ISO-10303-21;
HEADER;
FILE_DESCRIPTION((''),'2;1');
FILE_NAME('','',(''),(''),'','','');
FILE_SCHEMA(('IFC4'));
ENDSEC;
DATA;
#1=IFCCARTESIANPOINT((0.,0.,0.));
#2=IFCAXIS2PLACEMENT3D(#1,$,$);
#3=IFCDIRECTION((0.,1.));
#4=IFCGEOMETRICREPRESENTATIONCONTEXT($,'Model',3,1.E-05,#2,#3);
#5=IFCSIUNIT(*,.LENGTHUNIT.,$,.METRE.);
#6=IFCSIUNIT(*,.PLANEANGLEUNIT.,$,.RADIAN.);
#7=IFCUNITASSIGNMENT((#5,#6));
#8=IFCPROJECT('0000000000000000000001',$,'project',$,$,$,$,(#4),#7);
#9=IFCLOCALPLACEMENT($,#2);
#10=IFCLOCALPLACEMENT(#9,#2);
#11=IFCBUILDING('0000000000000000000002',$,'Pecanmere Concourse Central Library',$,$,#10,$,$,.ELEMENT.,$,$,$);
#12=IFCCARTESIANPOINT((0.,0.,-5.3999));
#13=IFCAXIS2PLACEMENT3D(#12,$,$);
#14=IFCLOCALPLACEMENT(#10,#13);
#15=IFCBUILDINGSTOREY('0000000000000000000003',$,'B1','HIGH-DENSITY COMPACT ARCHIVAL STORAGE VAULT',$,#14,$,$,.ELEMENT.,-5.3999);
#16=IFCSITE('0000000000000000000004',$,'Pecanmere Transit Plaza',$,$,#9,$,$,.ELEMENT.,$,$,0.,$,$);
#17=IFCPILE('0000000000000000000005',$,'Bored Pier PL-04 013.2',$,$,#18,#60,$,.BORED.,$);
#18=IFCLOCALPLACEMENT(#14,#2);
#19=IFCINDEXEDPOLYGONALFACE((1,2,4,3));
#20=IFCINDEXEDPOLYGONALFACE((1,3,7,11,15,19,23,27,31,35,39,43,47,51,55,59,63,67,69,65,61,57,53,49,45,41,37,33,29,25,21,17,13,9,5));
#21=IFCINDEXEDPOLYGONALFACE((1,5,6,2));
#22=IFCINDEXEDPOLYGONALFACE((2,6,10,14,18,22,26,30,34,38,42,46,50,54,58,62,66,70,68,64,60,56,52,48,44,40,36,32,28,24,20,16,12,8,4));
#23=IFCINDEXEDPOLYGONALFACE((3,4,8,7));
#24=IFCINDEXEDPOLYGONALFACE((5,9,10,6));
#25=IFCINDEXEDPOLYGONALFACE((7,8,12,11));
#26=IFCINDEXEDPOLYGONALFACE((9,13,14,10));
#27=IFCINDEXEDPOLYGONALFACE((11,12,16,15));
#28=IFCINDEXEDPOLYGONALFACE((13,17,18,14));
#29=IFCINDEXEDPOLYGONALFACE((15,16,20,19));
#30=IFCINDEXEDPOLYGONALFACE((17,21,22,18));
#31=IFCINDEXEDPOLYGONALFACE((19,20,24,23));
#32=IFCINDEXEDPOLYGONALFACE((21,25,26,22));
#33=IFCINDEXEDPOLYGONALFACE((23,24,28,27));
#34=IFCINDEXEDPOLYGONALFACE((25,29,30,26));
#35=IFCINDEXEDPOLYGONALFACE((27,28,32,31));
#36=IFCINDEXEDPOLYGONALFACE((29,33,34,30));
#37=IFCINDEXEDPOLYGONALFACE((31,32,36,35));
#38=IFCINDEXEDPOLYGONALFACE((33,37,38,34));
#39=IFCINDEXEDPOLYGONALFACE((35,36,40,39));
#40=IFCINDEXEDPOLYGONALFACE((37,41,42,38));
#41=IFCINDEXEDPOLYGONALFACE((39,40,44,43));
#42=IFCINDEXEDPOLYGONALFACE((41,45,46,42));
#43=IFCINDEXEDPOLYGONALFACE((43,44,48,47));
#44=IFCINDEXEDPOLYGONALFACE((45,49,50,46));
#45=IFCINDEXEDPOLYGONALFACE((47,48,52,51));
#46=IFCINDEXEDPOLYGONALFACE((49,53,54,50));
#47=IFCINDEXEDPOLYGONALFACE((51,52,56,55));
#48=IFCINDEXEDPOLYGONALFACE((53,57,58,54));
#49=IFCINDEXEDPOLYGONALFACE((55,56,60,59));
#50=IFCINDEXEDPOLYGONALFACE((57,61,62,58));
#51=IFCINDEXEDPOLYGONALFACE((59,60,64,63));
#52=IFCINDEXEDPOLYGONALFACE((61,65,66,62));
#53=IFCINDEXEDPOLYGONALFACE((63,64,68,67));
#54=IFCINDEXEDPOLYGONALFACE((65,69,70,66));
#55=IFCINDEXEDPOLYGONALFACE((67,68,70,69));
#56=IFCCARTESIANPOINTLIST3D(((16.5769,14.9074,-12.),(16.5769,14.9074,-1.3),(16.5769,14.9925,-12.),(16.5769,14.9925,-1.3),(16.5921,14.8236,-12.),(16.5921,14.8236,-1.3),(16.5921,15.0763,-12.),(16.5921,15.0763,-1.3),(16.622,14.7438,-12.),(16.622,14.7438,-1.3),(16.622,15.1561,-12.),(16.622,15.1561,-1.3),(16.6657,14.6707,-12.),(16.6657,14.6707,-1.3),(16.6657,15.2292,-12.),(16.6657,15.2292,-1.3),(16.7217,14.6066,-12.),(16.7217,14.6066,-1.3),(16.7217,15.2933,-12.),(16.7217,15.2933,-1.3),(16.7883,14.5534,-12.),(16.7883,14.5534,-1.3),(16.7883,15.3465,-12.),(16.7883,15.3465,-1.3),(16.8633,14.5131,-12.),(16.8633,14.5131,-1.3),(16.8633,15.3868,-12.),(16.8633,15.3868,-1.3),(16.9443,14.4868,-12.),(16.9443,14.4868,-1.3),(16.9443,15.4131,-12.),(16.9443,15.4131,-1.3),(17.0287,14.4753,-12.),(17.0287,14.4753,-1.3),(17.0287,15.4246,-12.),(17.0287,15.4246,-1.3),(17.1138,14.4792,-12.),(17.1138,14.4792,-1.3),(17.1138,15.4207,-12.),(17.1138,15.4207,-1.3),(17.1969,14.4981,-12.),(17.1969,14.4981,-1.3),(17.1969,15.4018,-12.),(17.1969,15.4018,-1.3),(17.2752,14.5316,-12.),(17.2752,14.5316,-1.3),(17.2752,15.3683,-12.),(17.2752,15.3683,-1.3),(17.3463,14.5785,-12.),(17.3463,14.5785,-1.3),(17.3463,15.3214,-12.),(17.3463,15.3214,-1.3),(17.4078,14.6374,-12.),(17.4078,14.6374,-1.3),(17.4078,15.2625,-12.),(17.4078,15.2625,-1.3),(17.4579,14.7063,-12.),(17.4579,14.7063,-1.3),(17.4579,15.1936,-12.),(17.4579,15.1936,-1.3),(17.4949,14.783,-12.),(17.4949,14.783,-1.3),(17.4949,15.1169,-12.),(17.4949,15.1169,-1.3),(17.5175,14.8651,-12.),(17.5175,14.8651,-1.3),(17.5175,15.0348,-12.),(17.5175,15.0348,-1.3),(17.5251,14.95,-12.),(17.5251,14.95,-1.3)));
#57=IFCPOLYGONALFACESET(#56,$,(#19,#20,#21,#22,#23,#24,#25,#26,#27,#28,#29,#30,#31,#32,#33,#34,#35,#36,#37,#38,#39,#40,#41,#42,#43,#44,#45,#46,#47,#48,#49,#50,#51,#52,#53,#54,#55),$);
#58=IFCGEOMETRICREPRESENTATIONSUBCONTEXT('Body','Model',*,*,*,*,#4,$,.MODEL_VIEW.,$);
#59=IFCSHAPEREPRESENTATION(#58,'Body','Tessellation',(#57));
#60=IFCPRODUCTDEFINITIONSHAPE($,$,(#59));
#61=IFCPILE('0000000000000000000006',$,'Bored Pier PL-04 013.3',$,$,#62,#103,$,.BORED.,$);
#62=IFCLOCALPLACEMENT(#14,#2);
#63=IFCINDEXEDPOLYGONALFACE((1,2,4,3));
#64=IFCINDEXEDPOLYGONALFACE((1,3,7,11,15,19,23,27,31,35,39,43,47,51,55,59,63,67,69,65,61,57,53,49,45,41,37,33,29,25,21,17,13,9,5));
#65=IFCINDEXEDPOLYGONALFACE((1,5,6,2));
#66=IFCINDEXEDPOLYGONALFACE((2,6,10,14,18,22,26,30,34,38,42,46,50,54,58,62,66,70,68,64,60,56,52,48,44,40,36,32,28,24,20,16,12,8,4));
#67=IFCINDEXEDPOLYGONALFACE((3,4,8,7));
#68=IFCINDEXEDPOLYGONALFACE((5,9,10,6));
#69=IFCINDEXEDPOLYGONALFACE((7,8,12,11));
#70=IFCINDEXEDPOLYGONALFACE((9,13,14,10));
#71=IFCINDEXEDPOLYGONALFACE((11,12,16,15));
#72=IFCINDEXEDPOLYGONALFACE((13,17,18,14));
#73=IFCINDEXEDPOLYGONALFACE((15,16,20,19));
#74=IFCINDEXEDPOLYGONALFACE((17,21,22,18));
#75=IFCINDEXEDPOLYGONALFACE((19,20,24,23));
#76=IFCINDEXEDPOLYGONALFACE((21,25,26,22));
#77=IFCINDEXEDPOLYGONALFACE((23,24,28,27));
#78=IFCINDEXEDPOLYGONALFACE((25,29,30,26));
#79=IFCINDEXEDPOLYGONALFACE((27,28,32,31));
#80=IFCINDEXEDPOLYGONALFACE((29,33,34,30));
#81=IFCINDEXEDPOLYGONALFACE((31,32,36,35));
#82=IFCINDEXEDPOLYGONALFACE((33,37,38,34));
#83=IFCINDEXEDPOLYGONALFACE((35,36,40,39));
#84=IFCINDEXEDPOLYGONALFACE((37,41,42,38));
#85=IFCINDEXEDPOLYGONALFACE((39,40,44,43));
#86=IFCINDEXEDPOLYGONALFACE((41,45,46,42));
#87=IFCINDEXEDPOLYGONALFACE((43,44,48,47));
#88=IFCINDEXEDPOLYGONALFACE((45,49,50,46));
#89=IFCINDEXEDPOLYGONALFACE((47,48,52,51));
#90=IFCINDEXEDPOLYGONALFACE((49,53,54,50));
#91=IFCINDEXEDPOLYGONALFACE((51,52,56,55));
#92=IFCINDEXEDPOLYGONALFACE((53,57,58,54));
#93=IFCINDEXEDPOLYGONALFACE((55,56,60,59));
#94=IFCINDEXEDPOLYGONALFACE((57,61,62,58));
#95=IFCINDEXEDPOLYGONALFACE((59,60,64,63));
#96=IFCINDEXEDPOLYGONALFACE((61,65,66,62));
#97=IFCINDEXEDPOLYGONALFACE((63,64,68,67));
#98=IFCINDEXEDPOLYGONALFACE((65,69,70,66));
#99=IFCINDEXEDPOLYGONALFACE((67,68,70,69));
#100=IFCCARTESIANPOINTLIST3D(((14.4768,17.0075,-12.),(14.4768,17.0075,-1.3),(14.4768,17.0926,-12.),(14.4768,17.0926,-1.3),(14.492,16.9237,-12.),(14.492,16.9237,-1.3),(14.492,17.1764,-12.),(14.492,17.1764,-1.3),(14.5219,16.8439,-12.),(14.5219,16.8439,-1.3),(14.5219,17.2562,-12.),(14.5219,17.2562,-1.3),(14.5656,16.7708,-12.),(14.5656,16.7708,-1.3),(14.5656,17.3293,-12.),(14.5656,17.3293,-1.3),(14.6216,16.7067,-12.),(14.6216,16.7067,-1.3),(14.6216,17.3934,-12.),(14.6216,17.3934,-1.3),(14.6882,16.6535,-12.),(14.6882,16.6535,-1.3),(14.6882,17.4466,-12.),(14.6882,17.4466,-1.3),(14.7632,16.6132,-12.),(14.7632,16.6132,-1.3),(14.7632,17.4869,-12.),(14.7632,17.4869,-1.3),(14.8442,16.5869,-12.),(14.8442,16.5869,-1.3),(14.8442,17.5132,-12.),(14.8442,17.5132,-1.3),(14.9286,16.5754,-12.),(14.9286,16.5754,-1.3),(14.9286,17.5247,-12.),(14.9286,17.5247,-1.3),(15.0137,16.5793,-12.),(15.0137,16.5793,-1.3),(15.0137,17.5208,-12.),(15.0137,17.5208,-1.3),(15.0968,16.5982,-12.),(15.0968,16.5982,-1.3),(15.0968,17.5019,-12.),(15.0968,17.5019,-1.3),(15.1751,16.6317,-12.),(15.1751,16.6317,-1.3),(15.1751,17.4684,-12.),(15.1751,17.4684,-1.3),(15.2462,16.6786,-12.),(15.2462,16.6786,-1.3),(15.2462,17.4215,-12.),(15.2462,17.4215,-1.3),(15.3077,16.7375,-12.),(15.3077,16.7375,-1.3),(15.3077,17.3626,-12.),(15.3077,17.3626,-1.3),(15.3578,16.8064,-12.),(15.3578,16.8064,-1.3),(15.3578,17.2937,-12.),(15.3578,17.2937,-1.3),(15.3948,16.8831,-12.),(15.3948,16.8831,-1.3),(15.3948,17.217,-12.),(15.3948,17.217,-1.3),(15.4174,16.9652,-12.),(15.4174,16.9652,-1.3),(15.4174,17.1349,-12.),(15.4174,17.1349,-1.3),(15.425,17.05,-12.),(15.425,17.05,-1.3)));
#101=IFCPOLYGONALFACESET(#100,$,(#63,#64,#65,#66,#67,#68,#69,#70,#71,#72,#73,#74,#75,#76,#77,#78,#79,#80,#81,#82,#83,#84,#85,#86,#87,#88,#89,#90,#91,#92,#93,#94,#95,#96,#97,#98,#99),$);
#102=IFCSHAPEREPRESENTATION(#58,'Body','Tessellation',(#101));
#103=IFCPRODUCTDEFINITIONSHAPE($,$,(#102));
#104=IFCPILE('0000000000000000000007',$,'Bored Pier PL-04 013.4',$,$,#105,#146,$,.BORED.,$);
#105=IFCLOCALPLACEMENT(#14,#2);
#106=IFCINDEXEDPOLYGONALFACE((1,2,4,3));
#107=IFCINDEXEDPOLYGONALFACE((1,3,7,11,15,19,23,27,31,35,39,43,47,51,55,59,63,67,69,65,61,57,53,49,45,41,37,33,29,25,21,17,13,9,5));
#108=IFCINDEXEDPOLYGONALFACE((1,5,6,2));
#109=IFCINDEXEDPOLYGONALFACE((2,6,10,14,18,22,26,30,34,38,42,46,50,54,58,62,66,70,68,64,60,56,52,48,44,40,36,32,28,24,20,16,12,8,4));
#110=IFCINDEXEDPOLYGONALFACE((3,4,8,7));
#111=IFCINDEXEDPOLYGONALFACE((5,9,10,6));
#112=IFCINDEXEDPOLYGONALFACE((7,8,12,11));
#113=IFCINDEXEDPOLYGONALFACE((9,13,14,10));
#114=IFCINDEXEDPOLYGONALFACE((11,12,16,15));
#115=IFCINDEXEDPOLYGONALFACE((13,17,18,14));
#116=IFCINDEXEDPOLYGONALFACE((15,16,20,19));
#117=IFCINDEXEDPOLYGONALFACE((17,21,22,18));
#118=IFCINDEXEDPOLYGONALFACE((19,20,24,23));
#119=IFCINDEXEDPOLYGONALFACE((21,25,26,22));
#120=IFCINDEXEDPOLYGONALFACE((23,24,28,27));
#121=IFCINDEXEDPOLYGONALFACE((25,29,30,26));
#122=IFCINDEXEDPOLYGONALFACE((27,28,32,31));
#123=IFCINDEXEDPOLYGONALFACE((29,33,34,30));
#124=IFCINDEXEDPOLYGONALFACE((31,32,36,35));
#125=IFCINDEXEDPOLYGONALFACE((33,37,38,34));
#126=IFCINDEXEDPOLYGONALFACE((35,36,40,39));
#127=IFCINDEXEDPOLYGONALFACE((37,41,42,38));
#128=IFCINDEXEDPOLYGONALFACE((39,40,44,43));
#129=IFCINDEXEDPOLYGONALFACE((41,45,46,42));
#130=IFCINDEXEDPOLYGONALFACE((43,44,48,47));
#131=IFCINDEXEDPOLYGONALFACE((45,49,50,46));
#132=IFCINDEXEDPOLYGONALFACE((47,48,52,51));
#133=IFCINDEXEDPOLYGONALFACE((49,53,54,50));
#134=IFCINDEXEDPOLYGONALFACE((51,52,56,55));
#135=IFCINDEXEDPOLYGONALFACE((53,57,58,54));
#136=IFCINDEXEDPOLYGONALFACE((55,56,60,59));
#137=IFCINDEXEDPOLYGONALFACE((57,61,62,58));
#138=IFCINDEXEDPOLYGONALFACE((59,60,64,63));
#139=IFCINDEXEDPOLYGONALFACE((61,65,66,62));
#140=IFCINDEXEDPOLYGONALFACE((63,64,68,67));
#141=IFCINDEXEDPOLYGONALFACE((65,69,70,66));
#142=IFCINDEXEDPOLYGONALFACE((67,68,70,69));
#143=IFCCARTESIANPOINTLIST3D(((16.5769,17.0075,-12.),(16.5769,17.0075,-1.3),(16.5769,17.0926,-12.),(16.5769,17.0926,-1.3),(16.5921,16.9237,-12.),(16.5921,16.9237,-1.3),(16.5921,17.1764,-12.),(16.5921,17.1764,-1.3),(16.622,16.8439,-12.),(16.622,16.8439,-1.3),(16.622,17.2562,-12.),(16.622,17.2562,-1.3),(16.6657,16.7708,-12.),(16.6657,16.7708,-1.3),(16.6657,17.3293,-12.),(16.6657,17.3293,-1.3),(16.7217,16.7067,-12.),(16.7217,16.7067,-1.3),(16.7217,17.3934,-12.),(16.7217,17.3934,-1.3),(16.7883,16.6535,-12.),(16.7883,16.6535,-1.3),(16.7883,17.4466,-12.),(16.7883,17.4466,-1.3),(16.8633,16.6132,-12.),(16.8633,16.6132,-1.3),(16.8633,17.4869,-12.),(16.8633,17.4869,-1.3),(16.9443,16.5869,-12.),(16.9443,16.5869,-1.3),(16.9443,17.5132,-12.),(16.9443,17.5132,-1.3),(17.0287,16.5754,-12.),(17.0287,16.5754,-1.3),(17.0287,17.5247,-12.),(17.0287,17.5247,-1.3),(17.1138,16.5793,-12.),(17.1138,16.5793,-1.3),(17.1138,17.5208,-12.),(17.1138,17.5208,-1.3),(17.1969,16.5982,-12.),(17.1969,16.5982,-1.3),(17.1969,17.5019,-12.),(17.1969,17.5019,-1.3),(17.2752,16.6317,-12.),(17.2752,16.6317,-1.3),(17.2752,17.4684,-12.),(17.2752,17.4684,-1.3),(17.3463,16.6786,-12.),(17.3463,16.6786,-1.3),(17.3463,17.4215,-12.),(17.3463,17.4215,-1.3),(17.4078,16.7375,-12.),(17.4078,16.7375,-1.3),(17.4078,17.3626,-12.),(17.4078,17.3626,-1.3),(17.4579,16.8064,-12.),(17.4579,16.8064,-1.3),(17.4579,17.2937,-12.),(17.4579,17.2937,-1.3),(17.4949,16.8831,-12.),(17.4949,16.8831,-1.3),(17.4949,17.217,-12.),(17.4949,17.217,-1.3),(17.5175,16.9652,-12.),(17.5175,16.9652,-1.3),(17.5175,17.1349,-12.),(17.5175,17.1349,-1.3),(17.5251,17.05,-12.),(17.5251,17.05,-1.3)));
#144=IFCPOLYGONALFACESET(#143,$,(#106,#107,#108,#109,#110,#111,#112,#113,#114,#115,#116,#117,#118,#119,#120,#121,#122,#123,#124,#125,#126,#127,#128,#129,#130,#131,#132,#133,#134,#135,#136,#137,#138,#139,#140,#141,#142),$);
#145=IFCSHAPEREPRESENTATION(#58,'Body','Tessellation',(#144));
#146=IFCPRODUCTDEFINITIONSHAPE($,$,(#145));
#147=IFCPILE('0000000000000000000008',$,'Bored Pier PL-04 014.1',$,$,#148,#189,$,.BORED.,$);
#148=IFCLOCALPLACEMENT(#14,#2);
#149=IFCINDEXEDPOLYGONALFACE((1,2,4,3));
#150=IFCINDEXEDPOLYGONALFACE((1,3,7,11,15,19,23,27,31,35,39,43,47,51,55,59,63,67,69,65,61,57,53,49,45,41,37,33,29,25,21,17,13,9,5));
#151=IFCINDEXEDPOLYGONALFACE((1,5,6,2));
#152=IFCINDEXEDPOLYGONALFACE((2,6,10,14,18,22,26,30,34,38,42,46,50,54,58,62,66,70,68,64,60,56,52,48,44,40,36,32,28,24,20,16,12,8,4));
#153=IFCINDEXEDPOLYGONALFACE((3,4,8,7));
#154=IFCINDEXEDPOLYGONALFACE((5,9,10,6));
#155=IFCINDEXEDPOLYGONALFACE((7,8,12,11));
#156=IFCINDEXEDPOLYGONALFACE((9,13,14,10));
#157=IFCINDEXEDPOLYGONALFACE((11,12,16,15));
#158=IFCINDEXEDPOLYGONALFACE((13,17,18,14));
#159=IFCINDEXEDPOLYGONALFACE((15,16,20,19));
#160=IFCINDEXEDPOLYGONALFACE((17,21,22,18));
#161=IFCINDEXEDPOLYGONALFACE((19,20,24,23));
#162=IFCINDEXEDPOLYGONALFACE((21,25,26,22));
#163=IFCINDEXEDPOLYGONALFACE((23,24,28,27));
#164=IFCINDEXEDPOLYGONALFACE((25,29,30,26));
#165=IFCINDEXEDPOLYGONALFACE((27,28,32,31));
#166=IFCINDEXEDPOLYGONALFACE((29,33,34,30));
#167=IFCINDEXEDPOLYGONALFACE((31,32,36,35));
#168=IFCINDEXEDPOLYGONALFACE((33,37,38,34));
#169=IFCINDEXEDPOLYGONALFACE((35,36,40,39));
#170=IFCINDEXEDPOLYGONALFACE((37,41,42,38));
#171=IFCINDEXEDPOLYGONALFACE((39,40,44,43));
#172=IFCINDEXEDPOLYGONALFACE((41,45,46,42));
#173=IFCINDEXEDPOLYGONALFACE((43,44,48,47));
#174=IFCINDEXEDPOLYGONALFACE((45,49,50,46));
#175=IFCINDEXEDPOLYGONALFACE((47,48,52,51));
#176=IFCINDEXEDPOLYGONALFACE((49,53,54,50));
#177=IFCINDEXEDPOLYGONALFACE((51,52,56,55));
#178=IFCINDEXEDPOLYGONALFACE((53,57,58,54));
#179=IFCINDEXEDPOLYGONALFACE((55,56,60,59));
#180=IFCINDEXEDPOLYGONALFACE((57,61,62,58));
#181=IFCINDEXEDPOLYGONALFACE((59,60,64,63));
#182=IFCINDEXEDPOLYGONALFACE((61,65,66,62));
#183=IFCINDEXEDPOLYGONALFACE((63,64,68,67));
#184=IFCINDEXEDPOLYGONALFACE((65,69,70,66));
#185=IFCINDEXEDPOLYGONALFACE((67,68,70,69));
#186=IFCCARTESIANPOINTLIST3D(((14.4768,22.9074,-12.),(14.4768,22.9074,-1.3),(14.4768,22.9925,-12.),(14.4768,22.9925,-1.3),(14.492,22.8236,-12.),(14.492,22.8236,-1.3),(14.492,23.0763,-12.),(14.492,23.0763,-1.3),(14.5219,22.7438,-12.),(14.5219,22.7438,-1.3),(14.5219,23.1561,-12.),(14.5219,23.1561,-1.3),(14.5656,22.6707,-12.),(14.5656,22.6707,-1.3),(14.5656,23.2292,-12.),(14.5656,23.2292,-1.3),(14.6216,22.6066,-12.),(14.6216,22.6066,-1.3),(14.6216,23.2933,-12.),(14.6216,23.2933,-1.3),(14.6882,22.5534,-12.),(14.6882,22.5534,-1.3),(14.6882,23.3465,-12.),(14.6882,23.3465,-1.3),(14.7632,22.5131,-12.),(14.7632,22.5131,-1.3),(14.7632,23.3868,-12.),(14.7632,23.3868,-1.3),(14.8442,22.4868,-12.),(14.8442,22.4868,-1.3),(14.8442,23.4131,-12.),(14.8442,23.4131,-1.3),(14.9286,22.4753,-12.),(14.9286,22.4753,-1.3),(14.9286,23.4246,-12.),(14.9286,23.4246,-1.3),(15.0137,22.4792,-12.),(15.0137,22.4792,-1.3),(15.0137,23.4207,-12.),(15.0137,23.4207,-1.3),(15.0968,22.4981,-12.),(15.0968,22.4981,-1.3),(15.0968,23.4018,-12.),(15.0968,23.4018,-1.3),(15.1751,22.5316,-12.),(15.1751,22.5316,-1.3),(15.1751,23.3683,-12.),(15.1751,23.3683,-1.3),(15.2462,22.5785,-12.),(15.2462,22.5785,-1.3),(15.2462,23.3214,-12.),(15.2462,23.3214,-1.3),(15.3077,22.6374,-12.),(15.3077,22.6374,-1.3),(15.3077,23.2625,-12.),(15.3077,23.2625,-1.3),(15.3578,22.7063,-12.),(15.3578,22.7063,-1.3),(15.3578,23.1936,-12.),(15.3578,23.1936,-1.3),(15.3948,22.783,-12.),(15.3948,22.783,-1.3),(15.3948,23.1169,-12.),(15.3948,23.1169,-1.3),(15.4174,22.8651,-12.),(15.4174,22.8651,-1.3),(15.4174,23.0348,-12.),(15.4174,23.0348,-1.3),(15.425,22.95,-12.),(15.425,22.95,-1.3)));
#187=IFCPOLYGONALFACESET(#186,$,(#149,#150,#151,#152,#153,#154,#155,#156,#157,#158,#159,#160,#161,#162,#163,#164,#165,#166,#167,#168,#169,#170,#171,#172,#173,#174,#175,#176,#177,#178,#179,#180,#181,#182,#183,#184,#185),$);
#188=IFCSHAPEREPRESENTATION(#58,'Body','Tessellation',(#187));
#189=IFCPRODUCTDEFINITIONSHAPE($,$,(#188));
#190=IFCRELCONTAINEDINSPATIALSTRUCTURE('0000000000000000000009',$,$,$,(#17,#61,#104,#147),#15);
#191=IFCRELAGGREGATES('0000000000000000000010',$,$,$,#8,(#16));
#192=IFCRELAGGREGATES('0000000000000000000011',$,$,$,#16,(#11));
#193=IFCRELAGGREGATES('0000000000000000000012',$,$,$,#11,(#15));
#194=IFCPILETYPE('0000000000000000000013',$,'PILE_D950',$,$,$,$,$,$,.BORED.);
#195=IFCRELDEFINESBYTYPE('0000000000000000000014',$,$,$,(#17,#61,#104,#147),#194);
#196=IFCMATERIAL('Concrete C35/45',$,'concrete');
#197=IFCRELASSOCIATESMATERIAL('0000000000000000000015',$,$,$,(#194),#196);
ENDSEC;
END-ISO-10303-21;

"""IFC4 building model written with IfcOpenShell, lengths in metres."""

from ifc_helpers import new_model, si_unit, direction, frame, origin, origin_2d, place, context, subcontext, project, spatial, circle, extrude, material, material_profile, profile_set, type_object, element, save


model = new_model("IFC4")

# Units and contexts
model_context = context("Model", 3, precision=1e-05, world=origin(), true_north=direction((0.0, 1.0)))
body_context = subcontext(model_context, "Body", "Model", "MODEL_VIEW")
ifc_project = project(units=[si_unit("LENGTHUNIT", "METRE"), si_unit("PLANEANGLEUNIT", "RADIAN")], contexts=[model_context])

# Site, building, storey
site_placement = place(None, origin())
site = spatial("IfcSite", under=ifc_project, at=site_placement, Name="Pecanmere Transit Plaza", CompositionType="ELEMENT", RefElevation=0.0)
building_placement = place(site_placement, origin())
building = spatial("IfcBuilding", under=site, at=building_placement, Name="Pecanmere Concourse Central Library", CompositionType="ELEMENT")
storey_placement = place(building_placement, frame((0.0, 0.0, -5.3999)))
storey = spatial("IfcBuildingStorey", under=building, at=storey_placement, Name="B1", Description="HIGH-DENSITY COMPACT ARCHIVAL STORAGE VAULT", CompositionType="ELEMENT", Elevation=-5.3999)

# Piles
ifc_material_1 = material(Name="Concrete C35/45", Category="concrete")
ifc_material_profile_1 = material_profile(ifc_material_1, circle(Radius=0.4751, at=origin_2d()), Name="PIER D950")
ifc_profile_set_1 = profile_set([ifc_material_profile_1], Name="Concrete C35/45")
pile_type = type_object("IfcPileType", Name="PILE_D950", PredefinedType="BORED", material=ifc_profile_set_1)
for number, where, z_axis, x_axis, name in (
    (1, (17.05, 14.95, -1.3), (0.0, 0.0, -1.0), (1.0, 0.0, 0.0), "Bored Pier PL-04 013.2"),
    (2, (14.95, 17.05, -1.3), (0.0, 0.0, -1.0), (1.0, 0.0, 0.0), "Bored Pier PL-04 013.3"),
    (3, (17.05, 17.05, -1.3), (0.0, 0.0, -1.0), (1.0, 0.0, 0.0), "Bored Pier PL-04 013.4"),
    (4, (14.95, 22.95, -1.3), (0.0, 0.0, -1.0), (1.0, 0.0, 0.0), "Bored Pier PL-04 014.1"),
):
    element("IfcPile", number, at=place(storey_placement, frame(where, z_axis=z_axis, x_axis=x_axis)), inside=storey, type_object=pile_type, Name=name, PredefinedType="BORED", context=body_context, shape_type="SweptSolid", body=[
        extrude(circle(Radius=0.4751, at=origin_2d()), origin(), (0.0, 0.0, 1.0), 10.7),
    ])

save(model, "model.ifc")
